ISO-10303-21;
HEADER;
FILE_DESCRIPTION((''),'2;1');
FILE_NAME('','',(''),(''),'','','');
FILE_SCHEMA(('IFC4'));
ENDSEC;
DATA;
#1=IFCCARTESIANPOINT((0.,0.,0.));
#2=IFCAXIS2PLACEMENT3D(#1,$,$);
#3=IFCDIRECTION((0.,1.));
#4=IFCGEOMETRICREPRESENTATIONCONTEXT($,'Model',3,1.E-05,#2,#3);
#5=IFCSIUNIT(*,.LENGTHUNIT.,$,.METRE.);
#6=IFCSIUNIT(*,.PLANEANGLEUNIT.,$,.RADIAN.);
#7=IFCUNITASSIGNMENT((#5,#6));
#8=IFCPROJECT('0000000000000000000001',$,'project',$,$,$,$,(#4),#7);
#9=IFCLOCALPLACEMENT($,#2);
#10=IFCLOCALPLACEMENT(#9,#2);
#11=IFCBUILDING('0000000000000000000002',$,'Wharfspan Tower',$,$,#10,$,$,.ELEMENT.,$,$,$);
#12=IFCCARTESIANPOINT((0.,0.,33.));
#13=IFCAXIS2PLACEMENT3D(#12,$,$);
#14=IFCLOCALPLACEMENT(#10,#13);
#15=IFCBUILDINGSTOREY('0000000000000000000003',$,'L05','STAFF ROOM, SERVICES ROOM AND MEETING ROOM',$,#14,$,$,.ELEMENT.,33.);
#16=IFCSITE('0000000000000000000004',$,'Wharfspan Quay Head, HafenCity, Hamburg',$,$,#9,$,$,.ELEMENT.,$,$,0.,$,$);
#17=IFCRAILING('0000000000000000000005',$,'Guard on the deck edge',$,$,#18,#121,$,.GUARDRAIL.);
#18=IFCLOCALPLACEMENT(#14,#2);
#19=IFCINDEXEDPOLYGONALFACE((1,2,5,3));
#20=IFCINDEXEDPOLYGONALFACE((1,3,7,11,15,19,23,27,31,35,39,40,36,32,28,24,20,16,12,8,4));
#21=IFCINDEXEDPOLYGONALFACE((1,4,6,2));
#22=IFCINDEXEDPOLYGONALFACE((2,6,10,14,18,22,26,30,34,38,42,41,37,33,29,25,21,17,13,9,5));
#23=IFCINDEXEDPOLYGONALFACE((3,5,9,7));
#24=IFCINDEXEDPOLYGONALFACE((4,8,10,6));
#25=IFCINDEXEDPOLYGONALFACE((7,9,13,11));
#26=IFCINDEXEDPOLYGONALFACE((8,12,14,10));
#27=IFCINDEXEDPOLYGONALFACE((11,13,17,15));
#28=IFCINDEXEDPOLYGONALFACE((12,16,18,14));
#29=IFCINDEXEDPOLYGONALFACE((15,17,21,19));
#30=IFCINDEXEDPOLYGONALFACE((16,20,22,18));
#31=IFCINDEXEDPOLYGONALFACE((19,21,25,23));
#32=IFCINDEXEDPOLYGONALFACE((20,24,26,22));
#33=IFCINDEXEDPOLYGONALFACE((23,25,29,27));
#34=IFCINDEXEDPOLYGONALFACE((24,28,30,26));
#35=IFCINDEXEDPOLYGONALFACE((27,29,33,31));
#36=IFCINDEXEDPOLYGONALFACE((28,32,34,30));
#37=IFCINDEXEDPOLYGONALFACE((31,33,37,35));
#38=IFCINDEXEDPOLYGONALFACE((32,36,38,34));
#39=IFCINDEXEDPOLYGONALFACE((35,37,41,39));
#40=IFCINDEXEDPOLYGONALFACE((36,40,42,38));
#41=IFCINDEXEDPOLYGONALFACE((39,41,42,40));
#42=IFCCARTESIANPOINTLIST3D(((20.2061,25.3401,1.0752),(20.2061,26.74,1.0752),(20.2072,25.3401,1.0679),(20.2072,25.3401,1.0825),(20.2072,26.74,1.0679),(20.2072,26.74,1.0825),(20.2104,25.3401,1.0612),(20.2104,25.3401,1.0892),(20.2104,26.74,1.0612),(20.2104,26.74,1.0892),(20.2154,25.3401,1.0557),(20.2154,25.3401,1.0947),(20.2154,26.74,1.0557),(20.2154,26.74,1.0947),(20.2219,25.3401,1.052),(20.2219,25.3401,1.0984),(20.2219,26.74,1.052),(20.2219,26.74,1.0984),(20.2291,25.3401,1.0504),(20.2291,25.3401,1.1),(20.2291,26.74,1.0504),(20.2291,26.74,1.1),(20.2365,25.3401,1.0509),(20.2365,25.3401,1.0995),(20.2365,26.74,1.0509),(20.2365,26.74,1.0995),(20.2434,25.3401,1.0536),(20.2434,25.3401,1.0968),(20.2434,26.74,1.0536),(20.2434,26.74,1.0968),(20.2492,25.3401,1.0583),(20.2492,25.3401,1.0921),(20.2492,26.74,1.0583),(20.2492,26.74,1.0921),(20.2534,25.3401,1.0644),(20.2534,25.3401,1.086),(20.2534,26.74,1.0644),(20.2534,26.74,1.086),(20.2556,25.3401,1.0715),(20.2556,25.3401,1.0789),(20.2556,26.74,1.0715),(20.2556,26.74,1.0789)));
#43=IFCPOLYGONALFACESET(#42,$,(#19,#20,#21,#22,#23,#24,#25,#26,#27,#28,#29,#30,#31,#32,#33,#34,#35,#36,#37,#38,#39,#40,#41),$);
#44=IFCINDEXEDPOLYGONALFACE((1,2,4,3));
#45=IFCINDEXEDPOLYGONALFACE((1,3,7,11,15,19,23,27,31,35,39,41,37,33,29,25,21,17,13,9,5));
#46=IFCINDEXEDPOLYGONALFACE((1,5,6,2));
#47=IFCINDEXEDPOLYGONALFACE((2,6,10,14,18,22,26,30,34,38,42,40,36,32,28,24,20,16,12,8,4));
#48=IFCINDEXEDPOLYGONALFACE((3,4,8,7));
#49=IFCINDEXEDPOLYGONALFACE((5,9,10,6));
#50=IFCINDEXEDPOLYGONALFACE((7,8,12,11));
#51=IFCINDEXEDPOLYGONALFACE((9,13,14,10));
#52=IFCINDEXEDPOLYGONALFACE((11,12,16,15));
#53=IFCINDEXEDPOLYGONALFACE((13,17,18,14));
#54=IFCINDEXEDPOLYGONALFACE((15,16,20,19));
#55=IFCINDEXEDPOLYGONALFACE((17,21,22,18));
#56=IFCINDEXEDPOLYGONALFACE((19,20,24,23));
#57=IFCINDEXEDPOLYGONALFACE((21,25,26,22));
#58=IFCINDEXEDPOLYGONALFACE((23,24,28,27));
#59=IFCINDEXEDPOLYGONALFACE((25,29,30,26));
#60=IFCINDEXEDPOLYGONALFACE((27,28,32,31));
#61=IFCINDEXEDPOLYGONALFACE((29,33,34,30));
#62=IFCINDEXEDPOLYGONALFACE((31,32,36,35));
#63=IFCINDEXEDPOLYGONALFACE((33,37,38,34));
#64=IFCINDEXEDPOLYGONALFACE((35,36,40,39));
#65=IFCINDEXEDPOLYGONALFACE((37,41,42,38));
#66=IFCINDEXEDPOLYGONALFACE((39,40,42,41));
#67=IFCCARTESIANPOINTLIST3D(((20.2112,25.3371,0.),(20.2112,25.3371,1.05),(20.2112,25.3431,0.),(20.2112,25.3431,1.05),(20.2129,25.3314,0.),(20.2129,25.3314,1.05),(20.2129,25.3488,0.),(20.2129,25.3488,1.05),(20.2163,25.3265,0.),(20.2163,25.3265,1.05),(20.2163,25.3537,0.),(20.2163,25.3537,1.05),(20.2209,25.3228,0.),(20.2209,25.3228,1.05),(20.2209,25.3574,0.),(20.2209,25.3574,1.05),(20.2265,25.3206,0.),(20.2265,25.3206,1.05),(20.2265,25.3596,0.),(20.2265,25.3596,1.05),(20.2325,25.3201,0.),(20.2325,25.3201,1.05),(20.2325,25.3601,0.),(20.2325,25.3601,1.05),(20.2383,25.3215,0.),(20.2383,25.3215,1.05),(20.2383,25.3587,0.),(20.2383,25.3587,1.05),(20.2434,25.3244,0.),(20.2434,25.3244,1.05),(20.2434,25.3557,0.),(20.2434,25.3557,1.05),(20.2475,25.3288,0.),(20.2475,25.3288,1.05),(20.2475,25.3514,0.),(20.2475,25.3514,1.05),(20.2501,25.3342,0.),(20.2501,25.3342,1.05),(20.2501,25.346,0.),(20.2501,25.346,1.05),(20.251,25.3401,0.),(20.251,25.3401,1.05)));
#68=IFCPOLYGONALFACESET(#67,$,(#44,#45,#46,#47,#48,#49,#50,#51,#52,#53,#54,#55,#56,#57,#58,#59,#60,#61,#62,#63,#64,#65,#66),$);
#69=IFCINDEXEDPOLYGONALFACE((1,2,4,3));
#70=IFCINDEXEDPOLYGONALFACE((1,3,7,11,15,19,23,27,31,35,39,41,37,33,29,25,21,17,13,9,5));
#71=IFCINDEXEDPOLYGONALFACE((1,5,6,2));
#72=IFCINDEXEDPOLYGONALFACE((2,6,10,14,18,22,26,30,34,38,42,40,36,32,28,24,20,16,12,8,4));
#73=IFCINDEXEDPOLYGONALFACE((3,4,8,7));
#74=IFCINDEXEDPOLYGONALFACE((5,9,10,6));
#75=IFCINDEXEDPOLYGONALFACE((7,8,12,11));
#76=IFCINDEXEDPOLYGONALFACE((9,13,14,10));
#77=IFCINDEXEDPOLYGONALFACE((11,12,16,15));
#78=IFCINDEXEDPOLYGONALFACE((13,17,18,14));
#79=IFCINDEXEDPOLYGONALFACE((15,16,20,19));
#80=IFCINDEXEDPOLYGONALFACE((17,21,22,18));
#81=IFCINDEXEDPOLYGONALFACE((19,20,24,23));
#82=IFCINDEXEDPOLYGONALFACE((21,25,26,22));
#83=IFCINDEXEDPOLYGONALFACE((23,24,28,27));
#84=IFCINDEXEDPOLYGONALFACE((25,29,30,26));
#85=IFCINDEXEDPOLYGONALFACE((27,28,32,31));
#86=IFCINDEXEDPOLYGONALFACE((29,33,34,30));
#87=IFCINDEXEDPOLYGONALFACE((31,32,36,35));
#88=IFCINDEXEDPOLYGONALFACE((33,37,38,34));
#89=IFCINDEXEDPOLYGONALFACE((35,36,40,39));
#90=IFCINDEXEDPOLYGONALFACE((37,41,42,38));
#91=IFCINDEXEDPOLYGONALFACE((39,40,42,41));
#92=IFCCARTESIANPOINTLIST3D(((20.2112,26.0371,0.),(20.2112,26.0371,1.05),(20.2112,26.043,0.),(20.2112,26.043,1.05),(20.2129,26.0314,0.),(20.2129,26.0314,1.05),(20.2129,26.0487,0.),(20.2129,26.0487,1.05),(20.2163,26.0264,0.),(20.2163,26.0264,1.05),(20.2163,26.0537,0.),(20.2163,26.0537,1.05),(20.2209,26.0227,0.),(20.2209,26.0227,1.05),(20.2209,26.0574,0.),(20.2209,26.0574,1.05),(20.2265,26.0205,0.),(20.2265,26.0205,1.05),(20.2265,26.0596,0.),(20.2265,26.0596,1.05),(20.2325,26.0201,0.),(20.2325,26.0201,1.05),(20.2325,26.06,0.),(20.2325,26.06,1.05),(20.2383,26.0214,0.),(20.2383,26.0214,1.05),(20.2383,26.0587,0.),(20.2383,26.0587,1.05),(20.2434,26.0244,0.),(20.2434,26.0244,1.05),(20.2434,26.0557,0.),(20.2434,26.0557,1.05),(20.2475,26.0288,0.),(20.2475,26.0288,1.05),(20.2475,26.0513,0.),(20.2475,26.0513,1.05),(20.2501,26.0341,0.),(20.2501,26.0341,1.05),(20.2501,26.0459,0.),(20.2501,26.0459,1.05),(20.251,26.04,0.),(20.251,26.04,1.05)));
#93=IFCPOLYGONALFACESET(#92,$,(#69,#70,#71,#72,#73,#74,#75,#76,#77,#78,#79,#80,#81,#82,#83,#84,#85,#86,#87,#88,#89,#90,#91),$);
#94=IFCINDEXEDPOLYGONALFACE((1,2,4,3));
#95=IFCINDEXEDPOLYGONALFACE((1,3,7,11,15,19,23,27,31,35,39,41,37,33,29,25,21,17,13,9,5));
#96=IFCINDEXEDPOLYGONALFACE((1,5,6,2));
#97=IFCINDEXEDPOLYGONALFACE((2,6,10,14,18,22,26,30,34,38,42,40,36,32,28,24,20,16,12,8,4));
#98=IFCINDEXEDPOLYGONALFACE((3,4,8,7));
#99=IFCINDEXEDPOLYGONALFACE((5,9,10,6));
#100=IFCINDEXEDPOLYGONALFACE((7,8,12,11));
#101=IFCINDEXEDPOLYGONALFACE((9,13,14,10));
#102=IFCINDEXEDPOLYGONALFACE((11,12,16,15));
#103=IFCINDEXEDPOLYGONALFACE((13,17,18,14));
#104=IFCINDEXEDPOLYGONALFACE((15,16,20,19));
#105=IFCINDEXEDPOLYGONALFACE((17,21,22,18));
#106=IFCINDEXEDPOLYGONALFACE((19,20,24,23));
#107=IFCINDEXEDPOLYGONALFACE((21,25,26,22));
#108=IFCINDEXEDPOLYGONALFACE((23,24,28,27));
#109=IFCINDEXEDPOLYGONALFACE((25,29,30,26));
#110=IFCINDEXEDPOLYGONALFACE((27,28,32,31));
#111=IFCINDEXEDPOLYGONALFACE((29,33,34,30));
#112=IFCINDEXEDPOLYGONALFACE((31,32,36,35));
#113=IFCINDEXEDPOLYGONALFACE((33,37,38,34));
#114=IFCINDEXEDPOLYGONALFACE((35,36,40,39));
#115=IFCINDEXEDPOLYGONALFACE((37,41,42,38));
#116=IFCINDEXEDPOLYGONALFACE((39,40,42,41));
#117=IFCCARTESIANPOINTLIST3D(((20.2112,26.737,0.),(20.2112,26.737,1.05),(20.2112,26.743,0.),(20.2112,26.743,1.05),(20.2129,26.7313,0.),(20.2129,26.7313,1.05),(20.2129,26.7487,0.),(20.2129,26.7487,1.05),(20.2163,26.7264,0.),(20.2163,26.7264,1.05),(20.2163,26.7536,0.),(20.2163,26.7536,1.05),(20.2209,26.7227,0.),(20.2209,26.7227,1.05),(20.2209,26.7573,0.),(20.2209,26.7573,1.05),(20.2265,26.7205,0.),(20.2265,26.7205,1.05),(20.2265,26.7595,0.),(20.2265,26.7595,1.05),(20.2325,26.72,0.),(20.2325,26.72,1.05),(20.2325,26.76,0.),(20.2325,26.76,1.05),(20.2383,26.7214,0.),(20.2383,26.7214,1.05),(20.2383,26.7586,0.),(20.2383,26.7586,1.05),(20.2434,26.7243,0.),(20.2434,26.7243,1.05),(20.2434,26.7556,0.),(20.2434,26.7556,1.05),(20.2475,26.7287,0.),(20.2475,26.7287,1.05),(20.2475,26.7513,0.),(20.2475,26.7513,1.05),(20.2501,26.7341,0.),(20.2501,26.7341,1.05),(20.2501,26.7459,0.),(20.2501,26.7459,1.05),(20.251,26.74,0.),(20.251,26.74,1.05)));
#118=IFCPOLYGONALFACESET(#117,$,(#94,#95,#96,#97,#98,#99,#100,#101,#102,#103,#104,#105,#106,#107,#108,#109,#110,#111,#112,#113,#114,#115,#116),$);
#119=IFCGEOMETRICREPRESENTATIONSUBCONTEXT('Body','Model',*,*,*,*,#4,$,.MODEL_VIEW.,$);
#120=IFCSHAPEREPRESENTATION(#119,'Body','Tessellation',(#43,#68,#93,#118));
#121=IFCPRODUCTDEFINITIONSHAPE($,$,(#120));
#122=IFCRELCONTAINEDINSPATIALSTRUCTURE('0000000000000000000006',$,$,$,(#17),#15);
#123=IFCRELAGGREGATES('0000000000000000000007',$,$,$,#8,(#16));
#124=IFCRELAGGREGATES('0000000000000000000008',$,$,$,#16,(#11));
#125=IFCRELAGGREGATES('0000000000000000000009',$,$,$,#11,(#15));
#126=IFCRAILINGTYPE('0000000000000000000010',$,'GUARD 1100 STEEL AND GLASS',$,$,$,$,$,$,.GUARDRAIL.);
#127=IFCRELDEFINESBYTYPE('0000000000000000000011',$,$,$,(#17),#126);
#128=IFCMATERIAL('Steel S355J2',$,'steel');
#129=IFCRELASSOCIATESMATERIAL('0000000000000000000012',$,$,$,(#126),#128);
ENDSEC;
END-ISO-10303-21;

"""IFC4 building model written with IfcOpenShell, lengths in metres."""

from ifc_helpers import new_model, si_unit, direction, frame, origin, origin_2d, place, context, subcontext, project, spatial, circle, extrude, material, type_object, element, save


model = new_model("IFC4")

# Units and contexts
model_context = context("Model", 3, precision=1e-05, world=origin(), true_north=direction((0.0, 1.0)))
body_context = subcontext(model_context, "Body", "Model", "MODEL_VIEW")
ifc_project = project(units=[si_unit("LENGTHUNIT", "METRE"), si_unit("PLANEANGLEUNIT", "RADIAN")], contexts=[model_context])

# Site, building, storey
site_placement = place(None, origin())
site = spatial("IfcSite", under=ifc_project, at=site_placement, Name="Wharfspan Quay Head, HafenCity, Hamburg", CompositionType="ELEMENT", RefElevation=0.0)
building_placement = place(site_placement, origin())
building = spatial("IfcBuilding", under=site, at=building_placement, Name="Wharfspan Tower", CompositionType="ELEMENT")
storey_placement = place(building_placement, frame((0.0, 0.0, 33.0)))
storey = spatial("IfcBuildingStorey", under=building, at=storey_placement, Name="L05", Description="STAFF ROOM, SERVICES ROOM AND MEETING ROOM", CompositionType="ELEMENT", Elevation=33.0)

# Railing
ifc_material_1 = material(Name="Steel S355J2", Category="steel")
railing_type = type_object("IfcRailingType", Name="GUARD 1100 STEEL AND GLASS", PredefinedType="GUARDRAIL", material=ifc_material_1)
railing_1_placement = place(storey_placement, frame((20.231, 25.3401, 0.0)))
element("IfcRailing", 1, at=railing_1_placement, inside=storey, type_object=railing_type, Name="Guard on the deck edge", PredefinedType="GUARDRAIL", context=body_context, shape_type="SweptSolid", body=[
    extrude(circle(Radius=0.0249, at=origin_2d()), frame((0.0, 0.0, 1.0752), z_axis=(0.0, 1.0, 0.0), x_axis=(-1.0, 0.0, 0.0)), (0.0, 0.0, 1.0), 1.3999),
    extrude(circle(Radius=0.02, at=origin_2d()), origin(), (0.0, 0.0, 1.0), 1.05),
    extrude(circle(Radius=0.02, at=origin_2d()), frame((0.0, 0.7, 0.0)), (0.0, 0.0, 1.0), 1.05),
    extrude(circle(Radius=0.02, at=origin_2d()), frame((0.0, 1.3999, 0.0)), (0.0, 0.0, 1.0), 1.05),
])

save(model, "model.ifc")
